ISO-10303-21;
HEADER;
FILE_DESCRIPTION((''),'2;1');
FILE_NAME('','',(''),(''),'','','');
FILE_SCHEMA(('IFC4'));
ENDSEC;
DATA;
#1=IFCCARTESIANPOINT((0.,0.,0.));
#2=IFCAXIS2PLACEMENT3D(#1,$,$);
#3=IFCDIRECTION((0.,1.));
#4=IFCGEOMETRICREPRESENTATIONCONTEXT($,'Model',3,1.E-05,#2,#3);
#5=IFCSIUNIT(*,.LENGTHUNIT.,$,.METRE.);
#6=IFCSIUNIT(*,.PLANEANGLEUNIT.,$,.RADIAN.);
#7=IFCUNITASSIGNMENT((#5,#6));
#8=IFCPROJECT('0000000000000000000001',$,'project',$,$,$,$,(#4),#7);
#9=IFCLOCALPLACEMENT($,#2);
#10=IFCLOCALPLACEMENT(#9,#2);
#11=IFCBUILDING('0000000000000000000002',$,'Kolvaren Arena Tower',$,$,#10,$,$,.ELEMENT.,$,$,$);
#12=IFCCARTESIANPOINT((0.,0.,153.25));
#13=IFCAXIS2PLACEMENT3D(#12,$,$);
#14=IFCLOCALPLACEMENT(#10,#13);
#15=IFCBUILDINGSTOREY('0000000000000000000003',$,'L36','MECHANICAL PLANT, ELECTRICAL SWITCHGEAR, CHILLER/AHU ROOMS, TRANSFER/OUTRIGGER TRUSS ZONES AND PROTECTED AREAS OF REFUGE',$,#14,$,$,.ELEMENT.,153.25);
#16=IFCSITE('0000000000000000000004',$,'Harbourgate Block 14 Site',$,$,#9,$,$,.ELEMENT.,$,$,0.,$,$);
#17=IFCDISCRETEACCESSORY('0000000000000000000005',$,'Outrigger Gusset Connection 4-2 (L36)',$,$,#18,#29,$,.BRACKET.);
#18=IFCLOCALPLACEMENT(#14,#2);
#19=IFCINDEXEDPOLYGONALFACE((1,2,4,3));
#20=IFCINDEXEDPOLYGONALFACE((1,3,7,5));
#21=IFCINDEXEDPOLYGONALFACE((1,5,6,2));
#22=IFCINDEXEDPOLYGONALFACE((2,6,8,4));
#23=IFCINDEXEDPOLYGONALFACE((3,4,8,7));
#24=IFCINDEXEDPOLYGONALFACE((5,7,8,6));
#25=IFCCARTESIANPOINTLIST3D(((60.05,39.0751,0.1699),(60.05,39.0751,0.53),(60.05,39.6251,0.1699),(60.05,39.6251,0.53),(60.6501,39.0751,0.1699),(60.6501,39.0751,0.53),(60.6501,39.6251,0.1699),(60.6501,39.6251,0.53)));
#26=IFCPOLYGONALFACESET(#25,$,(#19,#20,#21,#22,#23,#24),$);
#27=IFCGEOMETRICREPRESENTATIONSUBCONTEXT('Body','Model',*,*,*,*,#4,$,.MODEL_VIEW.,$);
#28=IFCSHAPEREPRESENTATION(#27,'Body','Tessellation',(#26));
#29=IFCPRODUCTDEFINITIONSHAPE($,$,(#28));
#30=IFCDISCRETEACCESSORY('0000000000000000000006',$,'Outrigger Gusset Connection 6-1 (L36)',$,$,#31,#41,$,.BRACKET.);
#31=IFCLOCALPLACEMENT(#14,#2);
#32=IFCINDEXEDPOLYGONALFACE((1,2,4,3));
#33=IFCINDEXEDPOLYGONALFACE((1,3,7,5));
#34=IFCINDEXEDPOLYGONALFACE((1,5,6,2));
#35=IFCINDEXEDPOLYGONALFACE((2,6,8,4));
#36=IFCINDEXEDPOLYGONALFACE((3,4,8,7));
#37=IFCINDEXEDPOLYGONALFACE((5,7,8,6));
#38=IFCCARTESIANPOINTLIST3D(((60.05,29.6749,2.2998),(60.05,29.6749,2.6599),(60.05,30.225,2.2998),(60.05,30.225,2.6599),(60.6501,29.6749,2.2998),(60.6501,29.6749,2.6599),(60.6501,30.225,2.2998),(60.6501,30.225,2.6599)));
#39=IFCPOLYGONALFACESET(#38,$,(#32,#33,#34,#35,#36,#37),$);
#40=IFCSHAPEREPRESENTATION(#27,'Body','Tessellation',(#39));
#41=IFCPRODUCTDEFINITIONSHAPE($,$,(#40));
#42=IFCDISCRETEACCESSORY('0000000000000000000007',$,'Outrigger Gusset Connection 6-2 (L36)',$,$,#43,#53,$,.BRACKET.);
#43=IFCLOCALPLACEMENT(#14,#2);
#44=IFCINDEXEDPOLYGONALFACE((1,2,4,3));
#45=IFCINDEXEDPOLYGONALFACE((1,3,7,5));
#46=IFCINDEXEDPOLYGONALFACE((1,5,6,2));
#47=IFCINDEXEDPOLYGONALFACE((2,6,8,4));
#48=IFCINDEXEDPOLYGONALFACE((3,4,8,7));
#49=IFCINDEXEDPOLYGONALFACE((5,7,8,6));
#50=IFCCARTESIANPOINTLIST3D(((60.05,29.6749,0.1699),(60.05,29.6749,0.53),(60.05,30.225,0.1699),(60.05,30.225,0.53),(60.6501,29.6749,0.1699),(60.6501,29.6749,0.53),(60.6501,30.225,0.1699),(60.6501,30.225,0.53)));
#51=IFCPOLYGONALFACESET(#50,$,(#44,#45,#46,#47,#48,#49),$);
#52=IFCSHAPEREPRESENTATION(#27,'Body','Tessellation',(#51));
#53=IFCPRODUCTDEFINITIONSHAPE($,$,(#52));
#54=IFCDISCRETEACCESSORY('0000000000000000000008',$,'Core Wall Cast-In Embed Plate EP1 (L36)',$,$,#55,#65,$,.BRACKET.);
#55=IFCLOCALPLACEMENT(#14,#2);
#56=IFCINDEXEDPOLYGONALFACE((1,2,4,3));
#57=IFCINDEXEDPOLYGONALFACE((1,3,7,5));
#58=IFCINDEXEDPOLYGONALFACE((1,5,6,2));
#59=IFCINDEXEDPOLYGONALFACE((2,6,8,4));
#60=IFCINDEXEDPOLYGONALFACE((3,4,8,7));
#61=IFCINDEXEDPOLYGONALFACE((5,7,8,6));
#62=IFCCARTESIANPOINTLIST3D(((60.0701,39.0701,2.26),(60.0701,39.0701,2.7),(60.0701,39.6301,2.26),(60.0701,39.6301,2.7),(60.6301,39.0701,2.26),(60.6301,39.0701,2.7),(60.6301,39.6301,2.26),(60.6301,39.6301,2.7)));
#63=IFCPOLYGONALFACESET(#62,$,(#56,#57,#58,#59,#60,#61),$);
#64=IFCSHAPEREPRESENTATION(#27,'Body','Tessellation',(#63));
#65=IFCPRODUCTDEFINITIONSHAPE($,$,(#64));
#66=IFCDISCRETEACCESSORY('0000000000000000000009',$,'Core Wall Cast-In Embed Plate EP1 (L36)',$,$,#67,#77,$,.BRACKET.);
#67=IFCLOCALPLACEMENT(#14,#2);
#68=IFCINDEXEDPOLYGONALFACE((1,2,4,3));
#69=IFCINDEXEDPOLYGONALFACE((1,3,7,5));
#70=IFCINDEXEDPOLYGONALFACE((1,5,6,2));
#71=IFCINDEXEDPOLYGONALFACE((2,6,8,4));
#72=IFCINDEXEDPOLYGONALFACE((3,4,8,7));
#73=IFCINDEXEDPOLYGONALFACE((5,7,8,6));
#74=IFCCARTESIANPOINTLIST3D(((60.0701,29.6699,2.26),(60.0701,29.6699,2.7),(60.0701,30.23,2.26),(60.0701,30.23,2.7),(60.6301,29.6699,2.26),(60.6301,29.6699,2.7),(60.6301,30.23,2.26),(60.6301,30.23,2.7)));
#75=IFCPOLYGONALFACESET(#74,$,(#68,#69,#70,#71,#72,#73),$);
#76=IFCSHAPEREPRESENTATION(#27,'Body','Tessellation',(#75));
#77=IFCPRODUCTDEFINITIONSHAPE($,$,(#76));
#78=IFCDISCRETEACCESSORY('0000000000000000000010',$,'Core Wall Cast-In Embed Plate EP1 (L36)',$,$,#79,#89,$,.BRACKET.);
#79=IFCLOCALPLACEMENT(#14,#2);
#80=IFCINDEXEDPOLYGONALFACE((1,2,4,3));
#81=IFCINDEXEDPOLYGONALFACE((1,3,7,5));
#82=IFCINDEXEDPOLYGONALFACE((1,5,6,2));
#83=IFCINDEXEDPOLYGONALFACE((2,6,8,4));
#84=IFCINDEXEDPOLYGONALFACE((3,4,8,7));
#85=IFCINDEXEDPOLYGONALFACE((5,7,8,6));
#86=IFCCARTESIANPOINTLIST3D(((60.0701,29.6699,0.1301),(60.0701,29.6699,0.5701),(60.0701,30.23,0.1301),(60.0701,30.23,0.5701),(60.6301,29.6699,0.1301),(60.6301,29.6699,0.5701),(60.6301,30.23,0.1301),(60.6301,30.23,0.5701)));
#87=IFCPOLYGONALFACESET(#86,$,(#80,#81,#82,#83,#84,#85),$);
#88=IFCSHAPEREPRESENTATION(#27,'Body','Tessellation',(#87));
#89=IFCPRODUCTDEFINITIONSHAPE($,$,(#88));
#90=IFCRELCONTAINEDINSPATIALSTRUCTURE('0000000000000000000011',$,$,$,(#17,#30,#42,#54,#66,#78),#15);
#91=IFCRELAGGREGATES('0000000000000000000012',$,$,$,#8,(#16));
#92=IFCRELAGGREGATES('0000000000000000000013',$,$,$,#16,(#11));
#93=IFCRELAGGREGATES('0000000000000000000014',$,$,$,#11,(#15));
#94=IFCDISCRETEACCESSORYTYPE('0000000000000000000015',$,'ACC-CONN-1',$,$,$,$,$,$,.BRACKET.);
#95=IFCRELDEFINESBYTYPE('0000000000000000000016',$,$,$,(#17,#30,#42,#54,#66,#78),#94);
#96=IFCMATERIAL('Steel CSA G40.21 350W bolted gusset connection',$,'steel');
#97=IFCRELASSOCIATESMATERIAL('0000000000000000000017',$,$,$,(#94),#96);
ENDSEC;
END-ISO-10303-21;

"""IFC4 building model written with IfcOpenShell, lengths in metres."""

from ifc_helpers import new_model, si_unit, direction, frame, origin, origin_2d, place, context, subcontext, project, spatial, rectangle, extrude, material, type_object, element, save


model = new_model("IFC4")

# Units and contexts
model_context = context("Model", 3, precision=1e-05, world=origin(), true_north=direction((0.0, 1.0)))
body_context = subcontext(model_context, "Body", "Model", "MODEL_VIEW")
ifc_project = project(units=[si_unit("LENGTHUNIT", "METRE"), si_unit("PLANEANGLEUNIT", "RADIAN")], contexts=[model_context])

# Site, building, storey
site_placement = place(None, origin())
site = spatial("IfcSite", under=ifc_project, at=site_placement, Name="Harbourgate Block 14 Site", CompositionType="ELEMENT", RefElevation=0.0)
building_placement = place(site_placement, origin())
building = spatial("IfcBuilding", under=site, at=building_placement, Name="Kolvaren Arena Tower", CompositionType="ELEMENT")
storey_placement = place(building_placement, frame((0.0, 0.0, 153.25)))
storey = spatial("IfcBuildingStorey", under=building, at=storey_placement, Name="L36", Description="MECHANICAL PLANT, ELECTRICAL SWITCHGEAR, CHILLER/AHU ROOMS, TRANSFER/OUTRIGGER TRUSS ZONES AND PROTECTED AREAS OF REFUGE", CompositionType="ELEMENT", Elevation=153.25)

# Discrete accessories
ifc_material_1 = material(Name="Steel CSA G40.21 350W bolted gusset connection", Category="steel")
discrete_accessory_type = type_object("IfcDiscreteAccessoryType", Name="ACC-CONN-1", PredefinedType="BRACKET", material=ifc_material_1)
for number, where, z_axis, x_axis, name in (
    (1, (60.3501, 39.3501, 0.1699), (0.0, 0.0, 1.0), (1.0, 0.0, 0.0), "Outrigger Gusset Connection 4-2 (L36)"),
    (2, (60.3501, 29.95, 2.2998), (0.0, 0.0, 1.0), (1.0, 0.0, 0.0), "Outrigger Gusset Connection 6-1 (L36)"),
    (3, (60.3501, 29.95, 0.1699), (0.0, 0.0, 1.0), (1.0, 0.0, 0.0), "Outrigger Gusset Connection 6-2 (L36)"),
):
    element("IfcDiscreteAccessory", number, at=place(storey_placement, frame(where, z_axis=z_axis, x_axis=x_axis)), inside=storey, type_object=discrete_accessory_type, Name=name, PredefinedType="BRACKET", context=body_context, shape_type="SweptSolid", body=[
        extrude(rectangle(XDim=0.6001, YDim=0.55, at=origin_2d()), origin(), (0.0, 0.0, 1.0), 0.3601),
    ])
for number, where, z_axis, x_axis, name in (
    (4, (60.3501, 39.3501, 2.26), (0.0, 0.0, 1.0), (1.0, 0.0, 0.0), "Core Wall Cast-In Embed Plate EP1 (L36)"),
    (5, (60.3501, 29.95, 2.26), (0.0, 0.0, 1.0), (1.0, 0.0, 0.0), "Core Wall Cast-In Embed Plate EP1 (L36)"),
    (6, (60.3501, 29.95, 0.1301), (0.0, 0.0, 1.0), (1.0, 0.0, 0.0), "Core Wall Cast-In Embed Plate EP1 (L36)"),
):
    element("IfcDiscreteAccessory", number, at=place(storey_placement, frame(where, z_axis=z_axis, x_axis=x_axis)), inside=storey, type_object=discrete_accessory_type, Name=name, PredefinedType="BRACKET", context=body_context, shape_type="SweptSolid", body=[
        extrude(rectangle(XDim=0.5601, YDim=0.5601, at=origin_2d()), origin(), (0.0, 0.0, 1.0), 0.4399),
    ])

save(model, "model.ifc")
